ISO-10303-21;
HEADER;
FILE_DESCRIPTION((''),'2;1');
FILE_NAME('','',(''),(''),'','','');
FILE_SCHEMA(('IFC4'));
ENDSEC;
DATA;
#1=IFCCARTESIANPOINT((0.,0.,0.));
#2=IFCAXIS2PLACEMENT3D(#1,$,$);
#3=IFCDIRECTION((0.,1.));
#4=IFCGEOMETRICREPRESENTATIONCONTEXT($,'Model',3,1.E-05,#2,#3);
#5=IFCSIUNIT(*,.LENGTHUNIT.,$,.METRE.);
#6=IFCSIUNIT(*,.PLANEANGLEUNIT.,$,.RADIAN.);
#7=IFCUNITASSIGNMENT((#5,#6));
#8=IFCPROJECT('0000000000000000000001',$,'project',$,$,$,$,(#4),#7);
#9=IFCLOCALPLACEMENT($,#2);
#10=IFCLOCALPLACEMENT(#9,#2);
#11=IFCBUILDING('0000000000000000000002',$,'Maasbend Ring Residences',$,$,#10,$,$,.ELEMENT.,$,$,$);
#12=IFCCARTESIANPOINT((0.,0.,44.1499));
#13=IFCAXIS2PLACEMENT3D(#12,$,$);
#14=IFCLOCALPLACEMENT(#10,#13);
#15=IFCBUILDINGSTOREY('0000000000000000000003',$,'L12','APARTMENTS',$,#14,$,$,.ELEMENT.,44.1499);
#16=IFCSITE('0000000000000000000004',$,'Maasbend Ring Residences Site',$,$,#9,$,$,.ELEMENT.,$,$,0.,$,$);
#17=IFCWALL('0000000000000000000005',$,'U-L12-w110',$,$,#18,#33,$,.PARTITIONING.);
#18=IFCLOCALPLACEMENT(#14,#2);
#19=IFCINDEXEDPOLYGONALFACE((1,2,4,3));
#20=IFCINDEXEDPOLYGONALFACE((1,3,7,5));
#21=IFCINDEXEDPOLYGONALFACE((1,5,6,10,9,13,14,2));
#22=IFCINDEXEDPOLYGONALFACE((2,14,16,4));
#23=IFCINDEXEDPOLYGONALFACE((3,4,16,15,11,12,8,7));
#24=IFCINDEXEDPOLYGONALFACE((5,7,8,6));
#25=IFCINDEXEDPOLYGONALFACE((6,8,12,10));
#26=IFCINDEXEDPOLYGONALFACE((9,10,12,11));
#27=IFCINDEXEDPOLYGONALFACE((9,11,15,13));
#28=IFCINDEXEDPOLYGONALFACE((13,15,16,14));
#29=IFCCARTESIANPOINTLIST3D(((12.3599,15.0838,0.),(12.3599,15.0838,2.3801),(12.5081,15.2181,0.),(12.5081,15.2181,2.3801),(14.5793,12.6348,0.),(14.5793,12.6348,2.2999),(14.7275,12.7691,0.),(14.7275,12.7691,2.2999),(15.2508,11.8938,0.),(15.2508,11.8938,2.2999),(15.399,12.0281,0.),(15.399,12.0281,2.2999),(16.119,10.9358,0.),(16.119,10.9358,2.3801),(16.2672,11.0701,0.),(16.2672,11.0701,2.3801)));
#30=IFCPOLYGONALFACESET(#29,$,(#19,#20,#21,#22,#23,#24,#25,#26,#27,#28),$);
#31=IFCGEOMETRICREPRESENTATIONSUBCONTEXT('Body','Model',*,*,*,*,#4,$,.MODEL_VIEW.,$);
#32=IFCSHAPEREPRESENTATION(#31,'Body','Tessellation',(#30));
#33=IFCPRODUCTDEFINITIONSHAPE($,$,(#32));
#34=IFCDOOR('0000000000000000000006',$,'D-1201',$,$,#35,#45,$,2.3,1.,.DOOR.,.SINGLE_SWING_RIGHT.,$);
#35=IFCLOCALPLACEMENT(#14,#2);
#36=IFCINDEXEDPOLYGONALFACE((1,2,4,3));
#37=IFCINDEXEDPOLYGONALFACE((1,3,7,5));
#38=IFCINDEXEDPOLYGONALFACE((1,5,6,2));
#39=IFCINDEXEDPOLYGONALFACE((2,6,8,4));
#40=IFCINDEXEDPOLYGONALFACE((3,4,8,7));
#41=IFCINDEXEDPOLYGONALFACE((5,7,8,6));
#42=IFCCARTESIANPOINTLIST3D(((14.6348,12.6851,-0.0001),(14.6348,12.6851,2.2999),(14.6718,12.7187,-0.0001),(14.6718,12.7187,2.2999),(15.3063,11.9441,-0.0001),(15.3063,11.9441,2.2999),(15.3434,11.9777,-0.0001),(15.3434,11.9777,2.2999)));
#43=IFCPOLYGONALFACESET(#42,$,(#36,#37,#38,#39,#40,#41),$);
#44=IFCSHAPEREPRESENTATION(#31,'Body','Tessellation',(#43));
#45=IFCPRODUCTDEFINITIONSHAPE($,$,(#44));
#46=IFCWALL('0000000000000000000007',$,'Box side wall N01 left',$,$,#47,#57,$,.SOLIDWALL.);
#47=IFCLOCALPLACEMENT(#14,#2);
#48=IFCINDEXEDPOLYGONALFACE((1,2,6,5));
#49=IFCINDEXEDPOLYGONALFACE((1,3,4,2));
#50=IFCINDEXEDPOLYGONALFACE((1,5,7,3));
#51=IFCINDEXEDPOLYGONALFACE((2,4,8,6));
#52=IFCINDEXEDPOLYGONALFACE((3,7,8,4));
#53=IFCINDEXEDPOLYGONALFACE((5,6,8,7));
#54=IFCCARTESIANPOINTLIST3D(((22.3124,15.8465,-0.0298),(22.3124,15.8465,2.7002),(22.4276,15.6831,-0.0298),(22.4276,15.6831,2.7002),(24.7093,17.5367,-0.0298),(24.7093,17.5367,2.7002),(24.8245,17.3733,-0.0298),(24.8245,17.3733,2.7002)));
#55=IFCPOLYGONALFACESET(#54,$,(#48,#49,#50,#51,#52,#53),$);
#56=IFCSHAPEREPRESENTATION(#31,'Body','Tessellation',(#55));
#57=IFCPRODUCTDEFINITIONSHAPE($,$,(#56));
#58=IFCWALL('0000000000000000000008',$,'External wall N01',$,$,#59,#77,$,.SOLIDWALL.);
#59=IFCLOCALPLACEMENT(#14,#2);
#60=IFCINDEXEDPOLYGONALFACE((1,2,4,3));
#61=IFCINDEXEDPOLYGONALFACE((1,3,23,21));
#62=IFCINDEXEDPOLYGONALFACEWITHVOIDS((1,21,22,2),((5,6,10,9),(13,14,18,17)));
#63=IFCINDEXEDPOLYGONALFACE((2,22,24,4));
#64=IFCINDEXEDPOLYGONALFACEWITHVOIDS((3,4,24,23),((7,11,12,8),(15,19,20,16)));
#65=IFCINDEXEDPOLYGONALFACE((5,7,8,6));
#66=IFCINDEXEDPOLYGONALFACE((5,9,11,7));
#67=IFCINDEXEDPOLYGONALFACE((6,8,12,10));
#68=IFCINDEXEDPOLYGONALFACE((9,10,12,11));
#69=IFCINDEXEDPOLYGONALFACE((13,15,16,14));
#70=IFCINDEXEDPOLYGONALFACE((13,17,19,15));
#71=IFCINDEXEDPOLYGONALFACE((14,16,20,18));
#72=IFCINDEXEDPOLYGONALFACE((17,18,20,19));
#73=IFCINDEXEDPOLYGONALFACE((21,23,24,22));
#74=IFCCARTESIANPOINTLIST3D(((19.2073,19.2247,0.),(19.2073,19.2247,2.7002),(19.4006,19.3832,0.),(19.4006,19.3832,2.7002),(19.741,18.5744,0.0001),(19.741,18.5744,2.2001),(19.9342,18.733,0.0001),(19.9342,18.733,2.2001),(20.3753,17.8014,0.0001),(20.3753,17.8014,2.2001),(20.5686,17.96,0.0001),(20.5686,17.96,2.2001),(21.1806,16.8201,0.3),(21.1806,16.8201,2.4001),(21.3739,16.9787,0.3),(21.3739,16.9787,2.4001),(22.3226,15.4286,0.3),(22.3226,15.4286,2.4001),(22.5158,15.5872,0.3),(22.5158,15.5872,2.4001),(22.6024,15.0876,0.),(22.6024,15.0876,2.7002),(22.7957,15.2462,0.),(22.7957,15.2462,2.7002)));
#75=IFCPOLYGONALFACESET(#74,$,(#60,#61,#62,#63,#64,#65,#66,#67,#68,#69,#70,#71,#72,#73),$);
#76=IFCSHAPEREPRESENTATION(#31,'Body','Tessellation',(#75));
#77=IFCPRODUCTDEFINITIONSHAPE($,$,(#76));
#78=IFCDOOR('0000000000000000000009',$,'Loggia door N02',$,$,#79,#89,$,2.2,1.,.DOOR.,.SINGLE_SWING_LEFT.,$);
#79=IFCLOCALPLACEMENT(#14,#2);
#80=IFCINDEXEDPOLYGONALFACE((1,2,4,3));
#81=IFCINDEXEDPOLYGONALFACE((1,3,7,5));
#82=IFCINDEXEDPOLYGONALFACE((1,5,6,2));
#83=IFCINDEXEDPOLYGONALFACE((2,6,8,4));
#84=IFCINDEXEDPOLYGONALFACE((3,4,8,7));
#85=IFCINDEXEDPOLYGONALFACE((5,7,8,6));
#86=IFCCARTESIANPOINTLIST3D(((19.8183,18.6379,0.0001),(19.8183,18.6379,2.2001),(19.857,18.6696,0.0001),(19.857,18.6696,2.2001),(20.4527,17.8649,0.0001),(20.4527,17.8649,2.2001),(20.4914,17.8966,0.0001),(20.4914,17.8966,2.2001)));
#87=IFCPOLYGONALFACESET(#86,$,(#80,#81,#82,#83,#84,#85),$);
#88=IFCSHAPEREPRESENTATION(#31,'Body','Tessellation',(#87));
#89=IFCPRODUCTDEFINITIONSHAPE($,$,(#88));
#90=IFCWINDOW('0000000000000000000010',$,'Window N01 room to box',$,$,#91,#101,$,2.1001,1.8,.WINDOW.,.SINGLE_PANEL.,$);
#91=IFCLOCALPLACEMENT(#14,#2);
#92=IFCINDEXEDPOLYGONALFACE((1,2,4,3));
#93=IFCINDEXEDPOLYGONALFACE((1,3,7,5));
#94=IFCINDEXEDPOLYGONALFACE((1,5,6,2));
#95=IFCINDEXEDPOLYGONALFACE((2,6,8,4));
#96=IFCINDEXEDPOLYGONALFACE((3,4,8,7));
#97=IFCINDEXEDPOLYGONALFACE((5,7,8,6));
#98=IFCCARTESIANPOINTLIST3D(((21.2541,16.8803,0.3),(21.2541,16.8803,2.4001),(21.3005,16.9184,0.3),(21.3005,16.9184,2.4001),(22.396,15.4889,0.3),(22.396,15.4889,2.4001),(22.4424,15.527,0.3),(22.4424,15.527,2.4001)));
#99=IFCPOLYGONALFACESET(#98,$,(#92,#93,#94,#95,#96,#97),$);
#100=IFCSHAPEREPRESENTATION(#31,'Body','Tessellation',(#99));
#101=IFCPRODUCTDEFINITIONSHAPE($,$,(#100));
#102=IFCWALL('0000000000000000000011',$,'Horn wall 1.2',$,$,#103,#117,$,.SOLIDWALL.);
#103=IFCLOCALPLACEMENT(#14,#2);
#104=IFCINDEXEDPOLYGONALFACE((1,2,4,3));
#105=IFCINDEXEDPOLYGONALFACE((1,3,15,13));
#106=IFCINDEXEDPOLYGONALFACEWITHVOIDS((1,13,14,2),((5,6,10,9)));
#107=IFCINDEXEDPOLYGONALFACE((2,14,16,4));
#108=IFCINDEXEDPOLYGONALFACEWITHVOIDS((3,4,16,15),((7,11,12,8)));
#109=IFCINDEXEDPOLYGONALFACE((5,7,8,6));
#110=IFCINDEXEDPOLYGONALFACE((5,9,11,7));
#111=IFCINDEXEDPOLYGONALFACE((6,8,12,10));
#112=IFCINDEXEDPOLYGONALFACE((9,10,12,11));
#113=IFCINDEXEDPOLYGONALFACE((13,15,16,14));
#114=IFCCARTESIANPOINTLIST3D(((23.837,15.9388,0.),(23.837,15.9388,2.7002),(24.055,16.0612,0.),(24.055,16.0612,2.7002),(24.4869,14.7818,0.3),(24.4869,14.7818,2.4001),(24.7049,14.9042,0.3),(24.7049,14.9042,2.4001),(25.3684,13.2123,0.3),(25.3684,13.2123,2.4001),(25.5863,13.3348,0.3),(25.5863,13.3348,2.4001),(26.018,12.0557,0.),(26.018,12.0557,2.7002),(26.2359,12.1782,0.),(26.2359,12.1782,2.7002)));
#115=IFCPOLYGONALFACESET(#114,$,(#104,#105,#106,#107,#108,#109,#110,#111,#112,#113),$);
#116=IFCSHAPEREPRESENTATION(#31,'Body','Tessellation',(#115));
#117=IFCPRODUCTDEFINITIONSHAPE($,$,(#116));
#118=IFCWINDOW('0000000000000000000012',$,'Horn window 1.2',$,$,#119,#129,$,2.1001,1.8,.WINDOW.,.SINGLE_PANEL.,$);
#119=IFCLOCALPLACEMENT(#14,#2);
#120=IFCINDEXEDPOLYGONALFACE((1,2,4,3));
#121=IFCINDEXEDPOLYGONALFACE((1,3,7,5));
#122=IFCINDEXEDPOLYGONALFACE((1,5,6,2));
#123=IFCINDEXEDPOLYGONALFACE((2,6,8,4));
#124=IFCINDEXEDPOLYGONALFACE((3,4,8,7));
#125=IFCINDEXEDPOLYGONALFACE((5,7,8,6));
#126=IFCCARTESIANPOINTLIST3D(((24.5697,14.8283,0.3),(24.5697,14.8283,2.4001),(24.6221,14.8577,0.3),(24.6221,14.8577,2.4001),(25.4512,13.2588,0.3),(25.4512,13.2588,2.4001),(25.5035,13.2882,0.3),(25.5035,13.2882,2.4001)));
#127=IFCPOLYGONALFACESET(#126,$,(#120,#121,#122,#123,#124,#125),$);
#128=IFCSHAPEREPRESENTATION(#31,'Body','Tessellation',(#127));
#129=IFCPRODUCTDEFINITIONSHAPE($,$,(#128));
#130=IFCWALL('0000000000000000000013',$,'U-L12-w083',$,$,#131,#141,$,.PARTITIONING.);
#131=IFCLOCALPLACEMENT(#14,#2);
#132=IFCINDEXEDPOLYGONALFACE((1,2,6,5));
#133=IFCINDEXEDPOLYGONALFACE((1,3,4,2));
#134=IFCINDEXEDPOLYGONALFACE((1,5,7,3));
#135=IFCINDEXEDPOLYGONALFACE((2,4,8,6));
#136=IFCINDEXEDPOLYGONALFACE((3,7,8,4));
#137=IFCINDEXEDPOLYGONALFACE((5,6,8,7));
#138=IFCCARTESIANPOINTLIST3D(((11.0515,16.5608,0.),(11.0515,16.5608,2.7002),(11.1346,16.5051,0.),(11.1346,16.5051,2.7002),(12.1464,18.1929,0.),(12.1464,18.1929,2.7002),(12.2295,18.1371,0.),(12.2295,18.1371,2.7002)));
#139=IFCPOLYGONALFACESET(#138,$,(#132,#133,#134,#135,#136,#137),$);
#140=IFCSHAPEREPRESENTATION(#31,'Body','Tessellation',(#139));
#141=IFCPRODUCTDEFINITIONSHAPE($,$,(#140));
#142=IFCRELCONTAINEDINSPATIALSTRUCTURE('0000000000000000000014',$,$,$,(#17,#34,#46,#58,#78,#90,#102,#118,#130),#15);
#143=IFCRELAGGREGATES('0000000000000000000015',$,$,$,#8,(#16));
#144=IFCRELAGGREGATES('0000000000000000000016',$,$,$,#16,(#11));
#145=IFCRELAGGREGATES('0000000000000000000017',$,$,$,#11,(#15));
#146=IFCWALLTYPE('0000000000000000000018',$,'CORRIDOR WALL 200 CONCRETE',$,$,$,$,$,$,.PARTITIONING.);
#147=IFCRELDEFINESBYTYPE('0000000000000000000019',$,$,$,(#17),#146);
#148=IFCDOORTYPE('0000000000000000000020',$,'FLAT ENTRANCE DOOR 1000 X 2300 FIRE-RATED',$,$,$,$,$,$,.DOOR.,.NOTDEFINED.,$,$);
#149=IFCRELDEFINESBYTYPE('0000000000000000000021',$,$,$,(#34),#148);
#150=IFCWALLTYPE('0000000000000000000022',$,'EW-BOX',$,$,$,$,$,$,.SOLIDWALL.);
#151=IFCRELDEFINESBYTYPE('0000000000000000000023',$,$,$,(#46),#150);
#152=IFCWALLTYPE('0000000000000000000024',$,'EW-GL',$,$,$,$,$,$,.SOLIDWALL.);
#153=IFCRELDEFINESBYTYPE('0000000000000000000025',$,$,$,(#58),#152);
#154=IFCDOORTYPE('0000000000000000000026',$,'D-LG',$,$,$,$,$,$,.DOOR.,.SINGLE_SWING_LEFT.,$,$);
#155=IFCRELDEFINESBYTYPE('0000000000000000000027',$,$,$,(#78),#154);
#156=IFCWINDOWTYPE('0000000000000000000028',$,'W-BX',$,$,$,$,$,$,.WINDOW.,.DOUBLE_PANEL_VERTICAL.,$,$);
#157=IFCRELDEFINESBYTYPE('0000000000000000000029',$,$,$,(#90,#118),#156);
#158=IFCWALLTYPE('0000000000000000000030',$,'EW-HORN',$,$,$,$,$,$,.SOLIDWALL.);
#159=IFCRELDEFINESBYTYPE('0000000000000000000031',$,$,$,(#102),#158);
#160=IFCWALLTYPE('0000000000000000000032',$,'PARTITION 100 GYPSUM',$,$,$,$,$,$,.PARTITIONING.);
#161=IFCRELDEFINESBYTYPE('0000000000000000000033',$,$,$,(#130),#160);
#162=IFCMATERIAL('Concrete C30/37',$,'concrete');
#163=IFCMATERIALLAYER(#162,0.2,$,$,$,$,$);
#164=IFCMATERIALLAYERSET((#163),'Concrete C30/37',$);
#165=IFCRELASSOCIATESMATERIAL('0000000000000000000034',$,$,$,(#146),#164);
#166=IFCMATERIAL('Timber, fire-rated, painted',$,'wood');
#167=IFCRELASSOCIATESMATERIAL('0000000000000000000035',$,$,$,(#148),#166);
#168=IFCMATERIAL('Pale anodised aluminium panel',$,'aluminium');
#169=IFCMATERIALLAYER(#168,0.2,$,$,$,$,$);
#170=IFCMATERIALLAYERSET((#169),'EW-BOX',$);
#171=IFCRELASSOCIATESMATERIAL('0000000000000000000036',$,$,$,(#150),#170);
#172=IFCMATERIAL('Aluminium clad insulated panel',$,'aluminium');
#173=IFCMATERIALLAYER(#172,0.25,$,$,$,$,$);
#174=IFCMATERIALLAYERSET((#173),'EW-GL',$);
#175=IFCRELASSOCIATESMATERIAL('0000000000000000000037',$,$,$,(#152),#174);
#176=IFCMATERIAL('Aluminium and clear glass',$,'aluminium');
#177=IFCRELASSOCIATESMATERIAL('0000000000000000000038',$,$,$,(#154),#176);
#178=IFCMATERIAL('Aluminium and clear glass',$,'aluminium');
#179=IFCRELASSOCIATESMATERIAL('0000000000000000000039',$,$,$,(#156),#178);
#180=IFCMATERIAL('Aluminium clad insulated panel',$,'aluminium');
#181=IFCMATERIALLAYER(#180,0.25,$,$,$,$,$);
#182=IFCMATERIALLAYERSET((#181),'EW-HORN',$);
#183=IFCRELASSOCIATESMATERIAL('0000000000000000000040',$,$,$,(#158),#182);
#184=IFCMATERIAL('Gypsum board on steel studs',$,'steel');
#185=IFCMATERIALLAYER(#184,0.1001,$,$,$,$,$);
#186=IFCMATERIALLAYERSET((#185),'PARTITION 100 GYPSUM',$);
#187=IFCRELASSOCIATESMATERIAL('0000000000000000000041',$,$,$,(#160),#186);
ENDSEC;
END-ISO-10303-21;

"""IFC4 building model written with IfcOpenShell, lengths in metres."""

from ifc_helpers import new_model, si_unit, direction, frame, frame_2d, origin, place, context, subcontext, project, spatial, rectangle, extrude, material, layer, layer_set, type_object, element, fill, save


model = new_model("IFC4")

# Units and contexts
model_context = context("Model", 3, precision=1e-05, world=origin(), true_north=direction((0.0, 1.0)))
body_context = subcontext(model_context, "Body", "Model", "MODEL_VIEW")
ifc_project = project(units=[si_unit("LENGTHUNIT", "METRE"), si_unit("PLANEANGLEUNIT", "RADIAN")], contexts=[model_context])

# Site, building, storey
site_placement = place(None, origin())
site = spatial("IfcSite", under=ifc_project, at=site_placement, Name="Maasbend Ring Residences Site", CompositionType="ELEMENT", RefElevation=0.0)
building_placement = place(site_placement, origin())
building = spatial("IfcBuilding", under=site, at=building_placement, Name="Maasbend Ring Residences", CompositionType="ELEMENT")
storey_placement = place(building_placement, frame((0.0, 0.0, 44.1499)))
storey = spatial("IfcBuildingStorey", under=building, at=storey_placement, Name="L12", Description="APARTMENTS", CompositionType="ELEMENT", Elevation=44.1499)

# Wall, opening, door
ifc_material_1 = material(Name="Concrete C30/37", Category="concrete")
ifc_layer_1 = layer(ifc_material_1, 0.2)
ifc_layer_set_1 = layer_set([ifc_layer_1], Name="Concrete C30/37")
wall_type_1 = type_object("IfcWallType", Name="CORRIDOR WALL 200 CONCRETE", PredefinedType="PARTITIONING", material=ifc_layer_set_1)
wall_1_placement = place(storey_placement, frame((12.4341, 15.1509, 0.0), z_axis=(0.0, 0.0, 1.0), x_axis=(0.671515, -0.740991, 0.0)))
wall_1 = element("IfcWall", 1, at=wall_1_placement, inside=storey, type_object=wall_type_1, Name="U-L12-w110", PredefinedType="PARTITIONING", context=body_context, shape_type="SweptSolid", body=[
    extrude(rectangle(XDim=5.5979, YDim=0.2, at=frame_2d((2.7988, 0.0))), origin(), (0.0, 0.0, 1.0), 2.3801),
])
opening_1_placement = place(wall_1_placement, frame((3.3049, 0.0, 0.0)))
opening_1 = element("IfcOpeningElement", 2, at=opening_1_placement, cuts=wall_1, PredefinedType="OPENING", context=body_context, shape_type="SweptSolid", body=[
    extrude(rectangle(XDim=1.0, YDim=2.3, at=frame_2d((0.5, 1.1499))), frame((0.0, 0.1099, 0.0), z_axis=(0.0, -1.0, 0.0), x_axis=(1.0, 0.0, 0.0)), (0.0, 0.0, 1.0), 0.22),
])
ifc_material_2 = material(Name="Timber, fire-rated, painted", Category="wood")
door_type_1 = type_object("IfcDoorType", Name="FLAT ENTRANCE DOOR 1000 X 2300 FIRE-RATED", OperationType="NOTDEFINED", PredefinedType="DOOR", material=ifc_material_2)
door_1_placement = place(opening_1_placement, origin())
door_1 = element("IfcDoor", 3, at=door_1_placement, inside=storey, type_object=door_type_1, Name="D-1201", OperationType="SINGLE_SWING_RIGHT", OverallHeight=2.3, OverallWidth=1.0, PredefinedType="DOOR", context=body_context, shape_type="SweptSolid", body=[
    extrude(rectangle(XDim=1.0, YDim=2.3, at=frame_2d((0.5, 1.1499))), frame((0.0, 0.0249, 0.0), z_axis=(0.0, -1.0, 0.0), x_axis=(1.0, 0.0, 0.0)), (0.0, 0.0, 1.0), 0.05),
])
fill(opening_1, door_1)

# Wall
ifc_material_3 = material(Name="Pale anodised aluminium panel", Category="aluminium")
ifc_layer_2 = layer(ifc_material_3, 0.2)
ifc_layer_set_2 = layer_set([ifc_layer_2], Name="EW-BOX")
wall_type_2 = type_object("IfcWallType", Name="EW-BOX", PredefinedType="SOLIDWALL", material=ifc_layer_set_2)
wall_2_placement = place(storey_placement, frame((22.3701, 15.7649, -0.0298), z_axis=(0.0, 0.0, 1.0), x_axis=(0.817256, 0.576275, 0.0)))
element("IfcWall", 4, at=wall_2_placement, inside=storey, type_object=wall_type_2, Name="Box side wall N01 left", PredefinedType="SOLIDWALL", context=body_context, shape_type="SweptSolid", body=[
    extrude(rectangle(XDim=2.9329, YDim=0.2, at=frame_2d((1.4663, 0.0))), origin(), (0.0, 0.0, 1.0), 2.73),
])

# Wall, openings, door, window
ifc_material_4 = material(Name="Aluminium clad insulated panel", Category="aluminium")
ifc_layer_3 = layer(ifc_material_4, 0.25)
ifc_layer_set_3 = layer_set([ifc_layer_3], Name="EW-GL")
wall_type_3 = type_object("IfcWallType", Name="EW-GL", PredefinedType="SOLIDWALL", material=ifc_layer_set_3)
wall_3_placement = place(storey_placement, frame((22.699, 15.167, 0.0), z_axis=(0.0, 0.0, 1.0), x_axis=(-0.634382, 0.773019, 0.0)))
wall_3 = element("IfcWall", 5, at=wall_3_placement, inside=storey, type_object=wall_type_3, Name="External wall N01", PredefinedType="SOLIDWALL", context=body_context, shape_type="SweptSolid", body=[
    extrude(rectangle(XDim=5.3518, YDim=0.25, at=frame_2d((2.6758, 0.0))), origin(), (0.0, 0.0, 1.0), 2.7002),
])
opening_2_placement = place(wall_3_placement, frame((0.4412, 0.0, 0.3)))
opening_2 = element("IfcOpeningElement", 6, at=opening_2_placement, cuts=wall_3, PredefinedType="OPENING", context=body_context, shape_type="SweptSolid", body=[
    extrude(rectangle(XDim=1.8, YDim=2.1001, at=frame_2d((0.8999, 1.05))), frame((0.0, 0.135, 0.0), z_axis=(0.0, -1.0, 0.0), x_axis=(1.0, 0.0, 0.0)), (0.0, 0.0, 1.0), 0.27),
])
opening_3_placement = place(wall_3_placement, frame((3.5105, 0.0, 0.0)))
opening_3 = element("IfcOpeningElement", 7, at=opening_3_placement, cuts=wall_3, PredefinedType="OPENING", context=body_context, shape_type="SweptSolid", body=[
    extrude(rectangle(XDim=1.0, YDim=2.2, at=frame_2d((0.5, 1.1001))), frame((0.0, 0.135, 0.0), z_axis=(0.0, -1.0, 0.0), x_axis=(1.0, 0.0, 0.0)), (0.0, 0.0, 1.0), 0.27),
])
ifc_material_5 = material(Name="Aluminium and clear glass", Category="aluminium")
door_type_2 = type_object("IfcDoorType", Name="D-LG", OperationType="SINGLE_SWING_LEFT", PredefinedType="DOOR", material=ifc_material_5)
door_2_placement = place(opening_3_placement, origin())
door_2 = element("IfcDoor", 8, at=door_2_placement, inside=storey, type_object=door_type_2, Name="Loggia door N02", OperationType="SINGLE_SWING_LEFT", OverallHeight=2.2, OverallWidth=1.0, PredefinedType="DOOR", context=body_context, shape_type="SweptSolid", body=[
    extrude(rectangle(XDim=1.0, YDim=2.2, at=frame_2d((0.5, 1.1001))), frame((0.0, 0.0249, 0.0), z_axis=(0.0, -1.0, 0.0), x_axis=(1.0, 0.0, 0.0)), (0.0, 0.0, 1.0), 0.05),
])
fill(opening_3, door_2)
ifc_material_6 = material(Name="Aluminium and clear glass", Category="aluminium")
window_type = type_object("IfcWindowType", Name="W-BX", PartitioningType="DOUBLE_PANEL_VERTICAL", PredefinedType="WINDOW", material=ifc_material_6)
window_1_placement = place(opening_2_placement, origin())
window_1 = element("IfcWindow", 9, at=window_1_placement, inside=storey, type_object=window_type, Name="Window N01 room to box", OverallHeight=2.1001, OverallWidth=1.8, PartitioningType="SINGLE_PANEL", PredefinedType="WINDOW", context=body_context, shape_type="SweptSolid", body=[
    extrude(rectangle(XDim=1.8, YDim=2.1001, at=frame_2d((0.8999, 1.05))), frame((0.0, 0.03, 0.0), z_axis=(0.0, -1.0, 0.0), x_axis=(1.0, 0.0, 0.0)), (0.0, 0.0, 1.0), 0.0601),
])
fill(opening_2, window_1)

# Wall, opening, window
ifc_material_7 = material(Name="Aluminium clad insulated panel", Category="aluminium")
ifc_layer_4 = layer(ifc_material_7, 0.25)
ifc_layer_set_4 = layer_set([ifc_layer_4], Name="EW-HORN")
wall_type_4 = type_object("IfcWallType", Name="EW-HORN", PredefinedType="SOLIDWALL", material=ifc_layer_set_4)
wall_4_placement = place(storey_placement, frame((26.127, 12.1169, 0.0), z_axis=(0.0, 0.0, 1.0), x_axis=(-0.489696, 0.871893, 0.0)))
wall_4 = element("IfcWall", 10, at=wall_4_placement, inside=storey, type_object=wall_type_4, Name="Horn wall 1.2", PredefinedType="SOLIDWALL", context=body_context, shape_type="SweptSolid", body=[
    extrude(rectangle(XDim=4.4536, YDim=0.25, at=frame_2d((2.2268, 0.0))), origin(), (0.0, 0.0, 1.0), 2.7002),
])
opening_4_placement = place(wall_4_placement, frame((1.3267, 0.0, 0.3)))
opening_4 = element("IfcOpeningElement", 11, at=opening_4_placement, cuts=wall_4, PredefinedType="OPENING", context=body_context, shape_type="SweptSolid", body=[
    extrude(rectangle(XDim=1.8, YDim=2.1001, at=frame_2d((0.8999, 1.05))), frame((0.0, 0.135, 0.0), z_axis=(0.0, -1.0, 0.0), x_axis=(1.0, 0.0, 0.0)), (0.0, 0.0, 1.0), 0.27),
])
window_2_placement = place(opening_4_placement, origin())
window_2 = element("IfcWindow", 12, at=window_2_placement, inside=storey, type_object=window_type, Name="Horn window 1.2", OverallHeight=2.1001, OverallWidth=1.8, PartitioningType="SINGLE_PANEL", PredefinedType="WINDOW", context=body_context, shape_type="SweptSolid", body=[
    extrude(rectangle(XDim=1.8, YDim=2.1001, at=frame_2d((0.8999, 1.05))), frame((0.0, 0.03, 0.0), z_axis=(0.0, -1.0, 0.0), x_axis=(1.0, 0.0, 0.0)), (0.0, 0.0, 1.0), 0.0601),
])
fill(opening_4, window_2)

# Wall
ifc_material_8 = material(Name="Gypsum board on steel studs", Category="steel")
ifc_layer_5 = layer(ifc_material_8, 0.1001)
ifc_layer_set_5 = layer_set([ifc_layer_5], Name="PARTITION 100 GYPSUM")
wall_type_5 = type_object("IfcWallType", Name="PARTITION 100 GYPSUM", PredefinedType="PARTITIONING", material=ifc_layer_set_5)
wall_5_placement = place(storey_placement, frame((11.093, 16.533, 0.0), z_axis=(0.0, 0.0, 1.0), x_axis=(0.557134, 0.830422, 0.0)))
element("IfcWall", 13, at=wall_5_placement, inside=storey, type_object=wall_type_5, Name="U-L12-w083", PredefinedType="PARTITIONING", context=body_context, shape_type="SweptSolid", body=[
    extrude(rectangle(XDim=1.9653, YDim=0.1001, at=frame_2d((0.9827, 0.0))), origin(), (0.0, 0.0, 1.0), 2.7002),
])

save(model, "model.ifc")
